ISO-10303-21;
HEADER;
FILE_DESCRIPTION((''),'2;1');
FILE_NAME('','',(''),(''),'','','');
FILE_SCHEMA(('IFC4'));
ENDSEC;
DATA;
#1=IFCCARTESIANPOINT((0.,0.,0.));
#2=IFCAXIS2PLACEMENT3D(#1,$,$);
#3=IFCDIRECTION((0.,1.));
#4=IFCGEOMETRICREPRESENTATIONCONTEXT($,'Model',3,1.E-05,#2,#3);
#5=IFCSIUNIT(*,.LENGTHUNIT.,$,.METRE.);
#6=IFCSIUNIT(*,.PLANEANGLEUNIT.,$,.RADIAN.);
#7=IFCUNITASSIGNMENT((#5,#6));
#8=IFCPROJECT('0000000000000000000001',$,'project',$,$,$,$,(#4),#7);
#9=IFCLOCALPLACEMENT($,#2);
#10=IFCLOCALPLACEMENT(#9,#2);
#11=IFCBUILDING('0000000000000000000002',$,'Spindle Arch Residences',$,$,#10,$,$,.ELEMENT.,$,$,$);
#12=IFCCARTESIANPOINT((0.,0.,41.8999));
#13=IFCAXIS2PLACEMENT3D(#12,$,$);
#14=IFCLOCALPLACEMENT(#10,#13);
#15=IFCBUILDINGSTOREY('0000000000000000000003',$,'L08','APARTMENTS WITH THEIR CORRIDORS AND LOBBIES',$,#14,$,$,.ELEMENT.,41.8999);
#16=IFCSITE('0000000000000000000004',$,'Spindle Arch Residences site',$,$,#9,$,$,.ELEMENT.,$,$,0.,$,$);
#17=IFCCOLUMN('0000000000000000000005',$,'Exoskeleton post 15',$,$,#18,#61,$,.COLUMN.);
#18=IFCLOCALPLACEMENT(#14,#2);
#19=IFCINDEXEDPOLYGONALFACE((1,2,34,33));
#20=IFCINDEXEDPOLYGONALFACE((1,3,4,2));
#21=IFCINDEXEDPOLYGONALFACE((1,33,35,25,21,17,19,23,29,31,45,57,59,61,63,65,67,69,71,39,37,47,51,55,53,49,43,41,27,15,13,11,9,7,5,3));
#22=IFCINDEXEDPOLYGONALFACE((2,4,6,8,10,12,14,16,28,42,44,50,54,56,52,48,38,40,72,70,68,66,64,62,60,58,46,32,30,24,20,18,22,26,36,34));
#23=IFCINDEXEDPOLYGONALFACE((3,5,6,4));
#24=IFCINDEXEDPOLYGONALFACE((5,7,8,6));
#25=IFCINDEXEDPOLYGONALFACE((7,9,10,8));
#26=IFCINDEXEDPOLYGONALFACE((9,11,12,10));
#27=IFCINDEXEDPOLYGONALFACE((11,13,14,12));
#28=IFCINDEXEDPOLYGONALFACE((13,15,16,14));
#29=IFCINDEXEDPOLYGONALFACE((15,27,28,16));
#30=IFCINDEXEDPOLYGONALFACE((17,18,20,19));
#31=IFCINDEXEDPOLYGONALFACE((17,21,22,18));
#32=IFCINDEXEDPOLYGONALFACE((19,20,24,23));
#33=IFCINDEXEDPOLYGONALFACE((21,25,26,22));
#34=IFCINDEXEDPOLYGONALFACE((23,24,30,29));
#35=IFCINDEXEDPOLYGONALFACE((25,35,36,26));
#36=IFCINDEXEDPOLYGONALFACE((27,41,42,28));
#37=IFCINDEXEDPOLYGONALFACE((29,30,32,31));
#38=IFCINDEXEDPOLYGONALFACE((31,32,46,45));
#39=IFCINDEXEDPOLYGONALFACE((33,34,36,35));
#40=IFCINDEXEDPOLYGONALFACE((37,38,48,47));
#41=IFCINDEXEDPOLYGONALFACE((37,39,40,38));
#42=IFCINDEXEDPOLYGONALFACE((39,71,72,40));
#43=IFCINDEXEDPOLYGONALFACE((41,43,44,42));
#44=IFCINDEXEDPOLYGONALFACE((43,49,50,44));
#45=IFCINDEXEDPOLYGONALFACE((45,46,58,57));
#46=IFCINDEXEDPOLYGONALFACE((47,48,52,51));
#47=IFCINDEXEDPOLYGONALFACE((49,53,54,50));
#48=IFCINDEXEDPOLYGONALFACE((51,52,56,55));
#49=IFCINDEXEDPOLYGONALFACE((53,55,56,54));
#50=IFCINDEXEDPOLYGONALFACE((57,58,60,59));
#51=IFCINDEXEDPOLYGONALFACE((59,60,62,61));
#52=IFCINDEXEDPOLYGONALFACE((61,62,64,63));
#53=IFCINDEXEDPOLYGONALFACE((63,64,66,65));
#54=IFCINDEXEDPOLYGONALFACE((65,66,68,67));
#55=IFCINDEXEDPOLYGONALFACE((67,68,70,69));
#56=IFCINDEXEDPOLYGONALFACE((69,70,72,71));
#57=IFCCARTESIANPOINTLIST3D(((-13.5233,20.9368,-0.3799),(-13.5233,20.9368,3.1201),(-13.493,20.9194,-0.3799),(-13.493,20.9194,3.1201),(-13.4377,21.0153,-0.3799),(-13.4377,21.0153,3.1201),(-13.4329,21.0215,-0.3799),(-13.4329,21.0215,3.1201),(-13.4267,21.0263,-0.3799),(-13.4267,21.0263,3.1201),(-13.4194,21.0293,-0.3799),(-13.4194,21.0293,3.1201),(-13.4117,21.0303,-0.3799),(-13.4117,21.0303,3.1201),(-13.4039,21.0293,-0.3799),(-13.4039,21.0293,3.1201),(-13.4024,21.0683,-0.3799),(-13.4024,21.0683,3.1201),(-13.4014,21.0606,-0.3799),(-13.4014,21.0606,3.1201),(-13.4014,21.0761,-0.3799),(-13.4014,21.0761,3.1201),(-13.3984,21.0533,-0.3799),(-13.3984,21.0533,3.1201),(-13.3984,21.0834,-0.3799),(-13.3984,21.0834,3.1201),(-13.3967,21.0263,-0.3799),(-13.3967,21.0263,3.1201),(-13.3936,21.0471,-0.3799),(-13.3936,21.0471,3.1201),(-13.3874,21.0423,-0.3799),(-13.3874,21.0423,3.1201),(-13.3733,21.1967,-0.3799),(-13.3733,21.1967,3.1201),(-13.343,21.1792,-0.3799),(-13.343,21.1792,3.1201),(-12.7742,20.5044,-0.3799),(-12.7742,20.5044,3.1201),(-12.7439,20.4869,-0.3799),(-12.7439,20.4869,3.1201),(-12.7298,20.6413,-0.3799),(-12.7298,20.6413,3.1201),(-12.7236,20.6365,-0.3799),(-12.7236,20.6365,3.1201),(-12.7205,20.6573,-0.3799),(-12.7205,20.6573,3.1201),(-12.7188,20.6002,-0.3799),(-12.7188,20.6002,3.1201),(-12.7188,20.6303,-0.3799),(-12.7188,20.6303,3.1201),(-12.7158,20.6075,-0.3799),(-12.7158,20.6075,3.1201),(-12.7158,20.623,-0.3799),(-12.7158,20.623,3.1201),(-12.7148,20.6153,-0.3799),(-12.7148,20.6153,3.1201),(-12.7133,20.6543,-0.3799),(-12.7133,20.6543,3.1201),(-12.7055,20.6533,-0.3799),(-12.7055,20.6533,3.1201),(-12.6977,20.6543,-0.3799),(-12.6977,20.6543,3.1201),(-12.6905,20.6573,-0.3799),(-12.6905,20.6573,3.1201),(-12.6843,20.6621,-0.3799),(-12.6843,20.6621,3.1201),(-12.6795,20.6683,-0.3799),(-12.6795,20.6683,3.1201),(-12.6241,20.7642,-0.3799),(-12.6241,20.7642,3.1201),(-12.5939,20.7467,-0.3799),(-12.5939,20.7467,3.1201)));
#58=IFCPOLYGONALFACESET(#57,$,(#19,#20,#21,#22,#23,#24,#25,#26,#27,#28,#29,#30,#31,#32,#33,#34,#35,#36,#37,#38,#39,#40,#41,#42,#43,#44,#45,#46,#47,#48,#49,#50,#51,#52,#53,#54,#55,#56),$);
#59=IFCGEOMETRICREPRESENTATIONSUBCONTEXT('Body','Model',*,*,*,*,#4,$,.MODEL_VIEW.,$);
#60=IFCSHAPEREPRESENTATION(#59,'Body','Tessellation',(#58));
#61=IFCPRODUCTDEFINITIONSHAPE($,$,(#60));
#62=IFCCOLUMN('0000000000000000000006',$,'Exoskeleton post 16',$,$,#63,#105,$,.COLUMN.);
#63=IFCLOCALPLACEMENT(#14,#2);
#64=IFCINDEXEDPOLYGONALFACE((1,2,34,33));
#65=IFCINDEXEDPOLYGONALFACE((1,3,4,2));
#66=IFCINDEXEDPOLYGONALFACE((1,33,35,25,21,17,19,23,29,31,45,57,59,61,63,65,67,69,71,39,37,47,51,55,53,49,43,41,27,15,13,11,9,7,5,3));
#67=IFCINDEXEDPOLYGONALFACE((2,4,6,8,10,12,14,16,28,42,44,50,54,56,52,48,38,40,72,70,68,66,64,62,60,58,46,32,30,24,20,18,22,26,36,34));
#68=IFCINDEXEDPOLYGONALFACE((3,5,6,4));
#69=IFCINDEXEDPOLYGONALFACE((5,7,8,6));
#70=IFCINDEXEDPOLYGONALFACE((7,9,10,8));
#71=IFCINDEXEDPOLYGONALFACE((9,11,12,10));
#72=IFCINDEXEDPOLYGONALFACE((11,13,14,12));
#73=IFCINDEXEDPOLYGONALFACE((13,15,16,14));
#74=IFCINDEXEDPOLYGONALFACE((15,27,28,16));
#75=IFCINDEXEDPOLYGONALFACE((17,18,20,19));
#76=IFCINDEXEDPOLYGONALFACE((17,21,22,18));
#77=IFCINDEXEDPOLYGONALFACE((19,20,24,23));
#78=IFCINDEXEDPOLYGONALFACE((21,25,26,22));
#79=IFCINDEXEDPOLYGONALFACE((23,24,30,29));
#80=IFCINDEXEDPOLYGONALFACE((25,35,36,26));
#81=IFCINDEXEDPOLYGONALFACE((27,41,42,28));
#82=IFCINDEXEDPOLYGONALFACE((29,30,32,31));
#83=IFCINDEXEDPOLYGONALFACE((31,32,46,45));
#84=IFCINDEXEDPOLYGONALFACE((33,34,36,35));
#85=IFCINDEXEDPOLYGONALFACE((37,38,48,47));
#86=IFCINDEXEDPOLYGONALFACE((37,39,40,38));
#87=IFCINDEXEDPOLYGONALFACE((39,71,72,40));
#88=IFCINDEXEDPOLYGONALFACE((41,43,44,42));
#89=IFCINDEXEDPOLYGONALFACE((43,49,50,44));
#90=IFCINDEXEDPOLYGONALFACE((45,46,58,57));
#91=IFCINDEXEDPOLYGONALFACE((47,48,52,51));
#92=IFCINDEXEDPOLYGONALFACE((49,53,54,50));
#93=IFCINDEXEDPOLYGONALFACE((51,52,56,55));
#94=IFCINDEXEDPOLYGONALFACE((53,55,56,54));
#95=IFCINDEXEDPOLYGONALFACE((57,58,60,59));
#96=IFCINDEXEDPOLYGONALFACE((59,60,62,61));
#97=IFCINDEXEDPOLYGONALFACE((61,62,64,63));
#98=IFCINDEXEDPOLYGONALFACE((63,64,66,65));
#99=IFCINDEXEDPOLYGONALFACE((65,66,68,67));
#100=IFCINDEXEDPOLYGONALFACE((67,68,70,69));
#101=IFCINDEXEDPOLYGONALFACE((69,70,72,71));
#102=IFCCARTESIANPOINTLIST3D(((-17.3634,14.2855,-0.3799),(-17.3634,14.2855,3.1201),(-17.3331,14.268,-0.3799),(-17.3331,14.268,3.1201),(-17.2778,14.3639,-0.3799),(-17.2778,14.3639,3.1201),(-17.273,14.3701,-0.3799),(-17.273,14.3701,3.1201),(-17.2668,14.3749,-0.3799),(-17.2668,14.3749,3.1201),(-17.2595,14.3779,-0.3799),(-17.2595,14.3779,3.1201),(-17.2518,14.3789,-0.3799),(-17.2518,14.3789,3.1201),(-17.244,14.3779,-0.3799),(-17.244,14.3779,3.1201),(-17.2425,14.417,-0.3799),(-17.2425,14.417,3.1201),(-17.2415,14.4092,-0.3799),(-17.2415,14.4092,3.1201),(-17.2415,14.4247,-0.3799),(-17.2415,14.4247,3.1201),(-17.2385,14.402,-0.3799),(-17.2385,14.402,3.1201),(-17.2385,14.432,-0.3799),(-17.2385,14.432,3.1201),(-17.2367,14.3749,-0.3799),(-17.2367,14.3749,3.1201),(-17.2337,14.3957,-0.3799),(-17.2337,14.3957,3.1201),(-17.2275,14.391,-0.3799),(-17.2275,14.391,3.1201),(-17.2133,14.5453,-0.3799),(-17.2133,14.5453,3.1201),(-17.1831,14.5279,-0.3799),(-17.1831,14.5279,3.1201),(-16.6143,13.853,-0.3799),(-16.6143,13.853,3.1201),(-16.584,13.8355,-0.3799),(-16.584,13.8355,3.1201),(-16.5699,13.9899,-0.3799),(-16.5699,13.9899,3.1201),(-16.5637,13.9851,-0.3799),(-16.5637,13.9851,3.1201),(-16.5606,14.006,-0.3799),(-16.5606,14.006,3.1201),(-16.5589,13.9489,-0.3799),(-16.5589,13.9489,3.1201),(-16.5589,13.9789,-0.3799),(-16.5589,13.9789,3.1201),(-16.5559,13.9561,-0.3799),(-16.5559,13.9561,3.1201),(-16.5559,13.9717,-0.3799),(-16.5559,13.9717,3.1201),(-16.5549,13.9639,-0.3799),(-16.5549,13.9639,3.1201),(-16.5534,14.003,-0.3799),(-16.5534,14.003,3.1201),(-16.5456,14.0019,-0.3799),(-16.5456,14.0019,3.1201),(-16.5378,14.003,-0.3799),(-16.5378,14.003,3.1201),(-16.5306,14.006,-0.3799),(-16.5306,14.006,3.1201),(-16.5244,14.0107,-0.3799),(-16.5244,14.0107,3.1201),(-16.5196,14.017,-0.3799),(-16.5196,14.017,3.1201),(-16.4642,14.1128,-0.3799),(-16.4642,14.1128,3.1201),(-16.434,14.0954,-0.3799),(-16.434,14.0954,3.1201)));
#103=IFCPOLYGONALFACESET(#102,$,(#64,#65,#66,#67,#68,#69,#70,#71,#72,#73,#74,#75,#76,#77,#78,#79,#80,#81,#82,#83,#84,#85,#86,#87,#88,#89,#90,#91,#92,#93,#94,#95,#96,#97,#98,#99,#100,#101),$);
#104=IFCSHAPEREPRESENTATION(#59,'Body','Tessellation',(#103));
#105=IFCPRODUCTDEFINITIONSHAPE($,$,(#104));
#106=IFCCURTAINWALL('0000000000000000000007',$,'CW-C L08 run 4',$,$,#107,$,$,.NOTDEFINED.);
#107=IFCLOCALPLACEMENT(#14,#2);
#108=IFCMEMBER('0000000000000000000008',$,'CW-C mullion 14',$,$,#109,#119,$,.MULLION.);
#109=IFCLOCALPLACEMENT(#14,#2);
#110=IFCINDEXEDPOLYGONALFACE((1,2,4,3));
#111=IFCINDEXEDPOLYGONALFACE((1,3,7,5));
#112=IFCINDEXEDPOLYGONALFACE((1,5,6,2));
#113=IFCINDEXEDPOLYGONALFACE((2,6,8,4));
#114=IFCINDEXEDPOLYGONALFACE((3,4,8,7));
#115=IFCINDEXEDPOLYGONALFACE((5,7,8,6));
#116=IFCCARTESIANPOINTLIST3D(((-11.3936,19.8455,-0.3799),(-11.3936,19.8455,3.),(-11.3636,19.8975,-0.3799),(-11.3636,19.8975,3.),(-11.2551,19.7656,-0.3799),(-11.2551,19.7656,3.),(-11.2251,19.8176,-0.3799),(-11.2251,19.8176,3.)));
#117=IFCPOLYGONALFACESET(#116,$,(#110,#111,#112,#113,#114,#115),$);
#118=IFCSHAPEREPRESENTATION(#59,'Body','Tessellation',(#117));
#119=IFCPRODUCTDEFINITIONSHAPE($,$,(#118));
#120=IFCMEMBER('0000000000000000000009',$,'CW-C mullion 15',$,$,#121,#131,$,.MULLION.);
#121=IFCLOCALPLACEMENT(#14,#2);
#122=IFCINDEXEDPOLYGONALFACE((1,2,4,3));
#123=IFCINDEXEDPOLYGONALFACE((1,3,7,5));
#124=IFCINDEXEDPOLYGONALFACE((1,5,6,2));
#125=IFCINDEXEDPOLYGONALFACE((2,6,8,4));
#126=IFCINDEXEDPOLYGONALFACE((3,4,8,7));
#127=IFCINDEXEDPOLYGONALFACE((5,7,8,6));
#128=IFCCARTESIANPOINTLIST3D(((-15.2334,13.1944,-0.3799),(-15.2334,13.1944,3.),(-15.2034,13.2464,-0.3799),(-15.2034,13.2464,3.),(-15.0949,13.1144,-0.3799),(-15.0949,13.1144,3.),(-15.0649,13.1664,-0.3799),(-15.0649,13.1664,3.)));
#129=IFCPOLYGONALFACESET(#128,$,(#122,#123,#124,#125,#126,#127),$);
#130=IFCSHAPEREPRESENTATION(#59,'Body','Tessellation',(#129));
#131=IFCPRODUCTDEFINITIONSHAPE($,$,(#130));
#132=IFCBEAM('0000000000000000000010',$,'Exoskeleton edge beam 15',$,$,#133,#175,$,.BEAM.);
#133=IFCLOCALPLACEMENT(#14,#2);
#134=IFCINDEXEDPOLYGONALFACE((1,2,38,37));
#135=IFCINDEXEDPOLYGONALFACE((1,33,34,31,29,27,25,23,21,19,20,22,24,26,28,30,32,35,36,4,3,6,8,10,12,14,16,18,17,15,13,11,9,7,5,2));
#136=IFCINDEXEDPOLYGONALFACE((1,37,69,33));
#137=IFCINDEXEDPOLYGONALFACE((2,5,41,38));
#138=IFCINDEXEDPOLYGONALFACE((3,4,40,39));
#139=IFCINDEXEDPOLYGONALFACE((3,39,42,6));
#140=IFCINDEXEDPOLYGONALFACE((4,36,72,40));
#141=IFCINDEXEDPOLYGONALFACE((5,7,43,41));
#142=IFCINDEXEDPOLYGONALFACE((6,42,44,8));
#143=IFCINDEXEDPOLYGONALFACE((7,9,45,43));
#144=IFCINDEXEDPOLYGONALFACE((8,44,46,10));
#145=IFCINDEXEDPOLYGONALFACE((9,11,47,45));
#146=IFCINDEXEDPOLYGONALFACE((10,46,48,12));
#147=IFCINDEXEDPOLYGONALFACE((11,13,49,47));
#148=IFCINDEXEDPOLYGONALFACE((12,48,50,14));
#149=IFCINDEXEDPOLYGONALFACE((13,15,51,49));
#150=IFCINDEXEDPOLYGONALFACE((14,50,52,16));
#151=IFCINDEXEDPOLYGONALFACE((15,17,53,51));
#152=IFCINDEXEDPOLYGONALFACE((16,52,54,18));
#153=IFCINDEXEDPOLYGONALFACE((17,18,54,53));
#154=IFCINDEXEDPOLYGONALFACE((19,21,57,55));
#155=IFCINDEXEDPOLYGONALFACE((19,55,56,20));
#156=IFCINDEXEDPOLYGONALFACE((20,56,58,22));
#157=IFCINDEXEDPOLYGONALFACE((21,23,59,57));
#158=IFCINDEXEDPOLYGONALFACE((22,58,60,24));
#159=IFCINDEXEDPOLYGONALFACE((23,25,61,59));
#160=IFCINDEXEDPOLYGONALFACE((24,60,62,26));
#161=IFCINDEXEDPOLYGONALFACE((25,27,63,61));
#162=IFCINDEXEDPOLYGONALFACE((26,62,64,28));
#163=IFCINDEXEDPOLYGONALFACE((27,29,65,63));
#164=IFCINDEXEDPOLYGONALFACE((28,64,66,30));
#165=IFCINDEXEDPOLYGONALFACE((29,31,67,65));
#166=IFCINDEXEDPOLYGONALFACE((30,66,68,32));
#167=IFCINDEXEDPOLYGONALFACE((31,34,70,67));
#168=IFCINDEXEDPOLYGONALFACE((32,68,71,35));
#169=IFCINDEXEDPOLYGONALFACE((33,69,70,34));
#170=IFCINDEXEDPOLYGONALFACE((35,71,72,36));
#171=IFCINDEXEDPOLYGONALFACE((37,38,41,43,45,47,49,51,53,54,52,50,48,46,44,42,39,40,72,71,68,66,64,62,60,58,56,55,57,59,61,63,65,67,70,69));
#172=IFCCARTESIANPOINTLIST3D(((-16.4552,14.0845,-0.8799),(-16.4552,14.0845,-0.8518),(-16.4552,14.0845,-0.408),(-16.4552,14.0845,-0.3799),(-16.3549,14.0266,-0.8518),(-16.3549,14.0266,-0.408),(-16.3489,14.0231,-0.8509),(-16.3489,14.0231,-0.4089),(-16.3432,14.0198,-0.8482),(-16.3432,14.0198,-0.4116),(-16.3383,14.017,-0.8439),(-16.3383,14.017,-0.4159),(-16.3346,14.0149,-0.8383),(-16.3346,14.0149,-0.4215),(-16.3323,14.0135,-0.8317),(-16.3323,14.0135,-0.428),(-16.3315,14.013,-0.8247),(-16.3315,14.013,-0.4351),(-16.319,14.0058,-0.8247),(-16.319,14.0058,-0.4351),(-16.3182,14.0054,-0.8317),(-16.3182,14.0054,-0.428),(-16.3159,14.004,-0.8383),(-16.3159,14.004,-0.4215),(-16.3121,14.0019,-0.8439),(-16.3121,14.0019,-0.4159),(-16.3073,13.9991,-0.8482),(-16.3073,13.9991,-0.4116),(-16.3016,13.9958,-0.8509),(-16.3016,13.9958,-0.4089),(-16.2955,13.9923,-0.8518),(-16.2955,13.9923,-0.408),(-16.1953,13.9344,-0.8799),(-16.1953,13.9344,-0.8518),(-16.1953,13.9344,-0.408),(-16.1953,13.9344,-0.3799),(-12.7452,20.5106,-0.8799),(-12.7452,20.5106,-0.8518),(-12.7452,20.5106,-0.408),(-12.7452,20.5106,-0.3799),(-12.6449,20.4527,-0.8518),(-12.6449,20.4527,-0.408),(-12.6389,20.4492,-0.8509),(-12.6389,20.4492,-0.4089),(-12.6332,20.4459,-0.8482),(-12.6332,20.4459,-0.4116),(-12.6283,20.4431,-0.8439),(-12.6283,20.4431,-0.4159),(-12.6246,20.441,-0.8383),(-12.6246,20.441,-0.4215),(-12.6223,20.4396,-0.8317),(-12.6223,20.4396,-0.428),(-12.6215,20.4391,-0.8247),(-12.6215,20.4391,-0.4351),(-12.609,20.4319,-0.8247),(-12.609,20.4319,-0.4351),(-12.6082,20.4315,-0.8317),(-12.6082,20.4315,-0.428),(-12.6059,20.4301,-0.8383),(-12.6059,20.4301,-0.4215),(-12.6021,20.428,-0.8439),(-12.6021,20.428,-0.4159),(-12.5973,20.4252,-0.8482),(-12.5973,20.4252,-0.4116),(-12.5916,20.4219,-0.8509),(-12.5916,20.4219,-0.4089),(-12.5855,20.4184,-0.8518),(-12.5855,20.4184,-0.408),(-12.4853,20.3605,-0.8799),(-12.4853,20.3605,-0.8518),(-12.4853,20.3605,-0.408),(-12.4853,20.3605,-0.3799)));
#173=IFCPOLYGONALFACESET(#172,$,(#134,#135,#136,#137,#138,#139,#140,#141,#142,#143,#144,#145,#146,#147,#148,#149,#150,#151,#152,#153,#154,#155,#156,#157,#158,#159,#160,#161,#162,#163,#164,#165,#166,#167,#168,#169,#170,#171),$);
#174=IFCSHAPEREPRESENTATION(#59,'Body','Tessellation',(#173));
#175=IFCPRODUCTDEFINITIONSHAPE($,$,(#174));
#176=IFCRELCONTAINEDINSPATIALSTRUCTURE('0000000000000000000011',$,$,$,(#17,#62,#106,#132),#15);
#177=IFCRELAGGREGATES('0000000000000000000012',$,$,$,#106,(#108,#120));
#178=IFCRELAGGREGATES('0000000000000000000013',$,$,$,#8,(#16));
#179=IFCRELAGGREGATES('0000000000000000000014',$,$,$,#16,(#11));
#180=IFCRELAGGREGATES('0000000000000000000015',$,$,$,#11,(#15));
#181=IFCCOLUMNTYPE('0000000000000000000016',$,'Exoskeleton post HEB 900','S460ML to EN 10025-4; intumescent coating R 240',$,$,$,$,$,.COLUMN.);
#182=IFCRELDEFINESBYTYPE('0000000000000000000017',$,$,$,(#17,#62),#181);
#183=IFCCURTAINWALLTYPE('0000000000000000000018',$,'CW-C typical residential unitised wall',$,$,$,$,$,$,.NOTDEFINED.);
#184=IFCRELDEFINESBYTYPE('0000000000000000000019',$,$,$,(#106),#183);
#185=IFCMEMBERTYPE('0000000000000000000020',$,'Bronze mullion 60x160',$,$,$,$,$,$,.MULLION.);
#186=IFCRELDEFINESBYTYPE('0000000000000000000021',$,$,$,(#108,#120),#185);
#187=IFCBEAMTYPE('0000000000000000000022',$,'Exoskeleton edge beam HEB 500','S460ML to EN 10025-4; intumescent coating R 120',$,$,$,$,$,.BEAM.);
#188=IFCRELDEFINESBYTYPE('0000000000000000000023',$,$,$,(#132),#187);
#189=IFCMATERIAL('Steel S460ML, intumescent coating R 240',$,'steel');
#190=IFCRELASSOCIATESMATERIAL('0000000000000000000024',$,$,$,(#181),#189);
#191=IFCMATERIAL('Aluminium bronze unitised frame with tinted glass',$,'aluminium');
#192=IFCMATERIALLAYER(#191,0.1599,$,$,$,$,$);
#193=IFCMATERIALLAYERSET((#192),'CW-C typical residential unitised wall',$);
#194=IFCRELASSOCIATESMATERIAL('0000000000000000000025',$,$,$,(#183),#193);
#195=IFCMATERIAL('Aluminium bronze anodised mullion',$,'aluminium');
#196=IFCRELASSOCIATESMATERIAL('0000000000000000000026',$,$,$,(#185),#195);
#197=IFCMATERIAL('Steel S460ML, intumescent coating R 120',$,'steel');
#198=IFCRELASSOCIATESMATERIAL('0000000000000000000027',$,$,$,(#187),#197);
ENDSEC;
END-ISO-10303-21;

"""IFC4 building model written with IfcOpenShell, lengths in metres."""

from ifc_helpers import new_model, si_unit, direction, frame, origin, origin_2d, place, context, subcontext, project, spatial, rectangle, i_section, extrude, material, layer, layer_set, material_profile, profile_set, type_object, element, aggregate, save


model = new_model("IFC4")

# Units and contexts
model_context = context("Model", 3, precision=1e-05, world=origin(), true_north=direction((0.0, 1.0)))
body_context = subcontext(model_context, "Body", "Model", "MODEL_VIEW")
ifc_project = project(units=[si_unit("LENGTHUNIT", "METRE"), si_unit("PLANEANGLEUNIT", "RADIAN")], contexts=[model_context])

# Site, building, storey
site_placement = place(None, origin())
site = spatial("IfcSite", under=ifc_project, at=site_placement, Name="Spindle Arch Residences site", CompositionType="ELEMENT", RefElevation=0.0)
building_placement = place(site_placement, origin())
building = spatial("IfcBuilding", under=site, at=building_placement, Name="Spindle Arch Residences", CompositionType="ELEMENT")
storey_placement = place(building_placement, frame((0.0, 0.0, 41.8999)))
storey = spatial("IfcBuildingStorey", under=building, at=storey_placement, Name="L08", Description="APARTMENTS WITH THEIR CORRIDORS AND LOBBIES", CompositionType="ELEMENT", Elevation=41.8999)

# Columns
ifc_material_1 = material(Name="Steel S460ML, intumescent coating R 240", Category="steel")
ifc_material_profile_1 = material_profile(ifc_material_1, i_section(OverallWidth=0.3, OverallDepth=0.8999, WebThickness=0.0186, FlangeThickness=0.0349, FilletRadius=0.03, at=origin_2d()), Name="HEB 900")
ifc_profile_set_1 = profile_set([ifc_material_profile_1], Name="Steel S460ML, intumescent coating R 240")
column_type = type_object("IfcColumnType", Name="Exoskeleton post HEB 900", Description="S460ML to EN 10025-4; intumescent coating R 240", PredefinedType="COLUMN", material=ifc_profile_set_1)
for number, where, z_axis, x_axis, name in (
    (1, (-13.0586, 20.8418, -0.3799), (0.0, 0.0, 1.0), (0.5, 0.866025, 0.0), "Exoskeleton post 15"),
    (2, (-16.8987, 14.1904, -0.3799), (0.0, 0.0, 1.0), (0.5, 0.866025, 0.0), "Exoskeleton post 16"),
):
    element("IfcColumn", number, at=place(storey_placement, frame(where, z_axis=z_axis, x_axis=x_axis)), inside=storey, type_object=column_type, Name=name, PredefinedType="COLUMN", context=body_context, shape_type="SweptSolid", body=[
        extrude(i_section(OverallWidth=0.3, OverallDepth=0.8999, WebThickness=0.0186, FlangeThickness=0.0349, FilletRadius=0.03, at=origin_2d()), origin(), (0.0, 0.0, 1.0), 3.5),
    ])

# Curtain wall, members
ifc_material_2 = material(Name="Aluminium bronze unitised frame with tinted glass", Category="aluminium")
ifc_layer_1 = layer(ifc_material_2, 0.1599)
ifc_layer_set_1 = layer_set([ifc_layer_1], Name="CW-C typical residential unitised wall")
curtain_wall_type = type_object("IfcCurtainWallType", Name="CW-C typical residential unitised wall", PredefinedType="NOTDEFINED", material=ifc_layer_set_1)
curtain_wall_placement = place(storey_placement, origin())
curtain_wall = element("IfcCurtainWall", 3, at=curtain_wall_placement, inside=storey, type_object=curtain_wall_type, Name="CW-C L08 run 4", PredefinedType="NOTDEFINED")
ifc_material_3 = material(Name="Aluminium bronze anodised mullion", Category="aluminium")
ifc_material_profile_2 = material_profile(ifc_material_3, rectangle(XDim=0.1599, YDim=0.0601, at=origin_2d()), Name="MU 60x160")
ifc_profile_set_2 = profile_set([ifc_material_profile_2], Name="Aluminium bronze anodised mullion")
member_type = type_object("IfcMemberType", Name="Bronze mullion 60x160", PredefinedType="MULLION", material=ifc_profile_set_2)
member_1_placement = place(storey_placement, frame((-11.3093, 19.8315, -0.3799), z_axis=(0.0, 0.0, 1.0), x_axis=(0.866025, -0.5, 0.0)))
member_1 = element("IfcMember", 4, at=member_1_placement, type_object=member_type, Name="CW-C mullion 14", PredefinedType="MULLION", context=body_context, shape_type="SweptSolid", body=[
    extrude(rectangle(XDim=0.1599, YDim=0.0601, at=origin_2d()), origin(), (0.0, 0.0, 1.0), 3.3799),
])
member_2_placement = place(storey_placement, frame((-15.1492, 13.1804, -0.3799), z_axis=(0.0, 0.0, 1.0), x_axis=(0.866025, -0.5, 0.0)))
member_2 = element("IfcMember", 5, at=member_2_placement, type_object=member_type, Name="CW-C mullion 15", PredefinedType="MULLION", context=body_context, shape_type="SweptSolid", body=[
    extrude(rectangle(XDim=0.1599, YDim=0.0601, at=origin_2d()), origin(), (0.0, 0.0, 1.0), 3.3799),
])

# Beam
ifc_material_4 = material(Name="Steel S460ML, intumescent coating R 120", Category="steel")
ifc_material_profile_3 = material_profile(ifc_material_4, i_section(OverallWidth=0.3, OverallDepth=0.5, WebThickness=0.0144, FlangeThickness=0.0281, FilletRadius=0.0271, at=origin_2d()), Name="HEB 500")
ifc_profile_set_3 = profile_set([ifc_material_profile_3], Name="Steel S460ML, intumescent coating R 120")
beam_type_1 = type_object("IfcBeamType", Name="Exoskeleton edge beam HEB 500", Description="S460ML to EN 10025-4; intumescent coating R 120", PredefinedType="BEAM", material=ifc_profile_set_3)
for number, where, z_axis, x_axis, name in (
    (6, (-12.6152, 20.4355, -0.6299), (-0.499989, -0.866032, 0.0), (0.866032, -0.499989, 0.0), "Exoskeleton edge beam 15"),
):
    element("IfcBeam", number, at=place(storey_placement, frame(where, z_axis=z_axis, x_axis=x_axis)), inside=storey, type_object=beam_type_1, Name=name, PredefinedType="BEAM", context=body_context, shape_type="SweptSolid", body=[
        extrude(i_section(OverallWidth=0.3, OverallDepth=0.5, WebThickness=0.0144, FlangeThickness=0.0281, FilletRadius=0.0271, at=origin_2d()), origin(), (0.0, 0.0, 1.0), 7.4202),
    ])

aggregate(curtain_wall, [member_1, member_2])

save(model, "model.ifc")
